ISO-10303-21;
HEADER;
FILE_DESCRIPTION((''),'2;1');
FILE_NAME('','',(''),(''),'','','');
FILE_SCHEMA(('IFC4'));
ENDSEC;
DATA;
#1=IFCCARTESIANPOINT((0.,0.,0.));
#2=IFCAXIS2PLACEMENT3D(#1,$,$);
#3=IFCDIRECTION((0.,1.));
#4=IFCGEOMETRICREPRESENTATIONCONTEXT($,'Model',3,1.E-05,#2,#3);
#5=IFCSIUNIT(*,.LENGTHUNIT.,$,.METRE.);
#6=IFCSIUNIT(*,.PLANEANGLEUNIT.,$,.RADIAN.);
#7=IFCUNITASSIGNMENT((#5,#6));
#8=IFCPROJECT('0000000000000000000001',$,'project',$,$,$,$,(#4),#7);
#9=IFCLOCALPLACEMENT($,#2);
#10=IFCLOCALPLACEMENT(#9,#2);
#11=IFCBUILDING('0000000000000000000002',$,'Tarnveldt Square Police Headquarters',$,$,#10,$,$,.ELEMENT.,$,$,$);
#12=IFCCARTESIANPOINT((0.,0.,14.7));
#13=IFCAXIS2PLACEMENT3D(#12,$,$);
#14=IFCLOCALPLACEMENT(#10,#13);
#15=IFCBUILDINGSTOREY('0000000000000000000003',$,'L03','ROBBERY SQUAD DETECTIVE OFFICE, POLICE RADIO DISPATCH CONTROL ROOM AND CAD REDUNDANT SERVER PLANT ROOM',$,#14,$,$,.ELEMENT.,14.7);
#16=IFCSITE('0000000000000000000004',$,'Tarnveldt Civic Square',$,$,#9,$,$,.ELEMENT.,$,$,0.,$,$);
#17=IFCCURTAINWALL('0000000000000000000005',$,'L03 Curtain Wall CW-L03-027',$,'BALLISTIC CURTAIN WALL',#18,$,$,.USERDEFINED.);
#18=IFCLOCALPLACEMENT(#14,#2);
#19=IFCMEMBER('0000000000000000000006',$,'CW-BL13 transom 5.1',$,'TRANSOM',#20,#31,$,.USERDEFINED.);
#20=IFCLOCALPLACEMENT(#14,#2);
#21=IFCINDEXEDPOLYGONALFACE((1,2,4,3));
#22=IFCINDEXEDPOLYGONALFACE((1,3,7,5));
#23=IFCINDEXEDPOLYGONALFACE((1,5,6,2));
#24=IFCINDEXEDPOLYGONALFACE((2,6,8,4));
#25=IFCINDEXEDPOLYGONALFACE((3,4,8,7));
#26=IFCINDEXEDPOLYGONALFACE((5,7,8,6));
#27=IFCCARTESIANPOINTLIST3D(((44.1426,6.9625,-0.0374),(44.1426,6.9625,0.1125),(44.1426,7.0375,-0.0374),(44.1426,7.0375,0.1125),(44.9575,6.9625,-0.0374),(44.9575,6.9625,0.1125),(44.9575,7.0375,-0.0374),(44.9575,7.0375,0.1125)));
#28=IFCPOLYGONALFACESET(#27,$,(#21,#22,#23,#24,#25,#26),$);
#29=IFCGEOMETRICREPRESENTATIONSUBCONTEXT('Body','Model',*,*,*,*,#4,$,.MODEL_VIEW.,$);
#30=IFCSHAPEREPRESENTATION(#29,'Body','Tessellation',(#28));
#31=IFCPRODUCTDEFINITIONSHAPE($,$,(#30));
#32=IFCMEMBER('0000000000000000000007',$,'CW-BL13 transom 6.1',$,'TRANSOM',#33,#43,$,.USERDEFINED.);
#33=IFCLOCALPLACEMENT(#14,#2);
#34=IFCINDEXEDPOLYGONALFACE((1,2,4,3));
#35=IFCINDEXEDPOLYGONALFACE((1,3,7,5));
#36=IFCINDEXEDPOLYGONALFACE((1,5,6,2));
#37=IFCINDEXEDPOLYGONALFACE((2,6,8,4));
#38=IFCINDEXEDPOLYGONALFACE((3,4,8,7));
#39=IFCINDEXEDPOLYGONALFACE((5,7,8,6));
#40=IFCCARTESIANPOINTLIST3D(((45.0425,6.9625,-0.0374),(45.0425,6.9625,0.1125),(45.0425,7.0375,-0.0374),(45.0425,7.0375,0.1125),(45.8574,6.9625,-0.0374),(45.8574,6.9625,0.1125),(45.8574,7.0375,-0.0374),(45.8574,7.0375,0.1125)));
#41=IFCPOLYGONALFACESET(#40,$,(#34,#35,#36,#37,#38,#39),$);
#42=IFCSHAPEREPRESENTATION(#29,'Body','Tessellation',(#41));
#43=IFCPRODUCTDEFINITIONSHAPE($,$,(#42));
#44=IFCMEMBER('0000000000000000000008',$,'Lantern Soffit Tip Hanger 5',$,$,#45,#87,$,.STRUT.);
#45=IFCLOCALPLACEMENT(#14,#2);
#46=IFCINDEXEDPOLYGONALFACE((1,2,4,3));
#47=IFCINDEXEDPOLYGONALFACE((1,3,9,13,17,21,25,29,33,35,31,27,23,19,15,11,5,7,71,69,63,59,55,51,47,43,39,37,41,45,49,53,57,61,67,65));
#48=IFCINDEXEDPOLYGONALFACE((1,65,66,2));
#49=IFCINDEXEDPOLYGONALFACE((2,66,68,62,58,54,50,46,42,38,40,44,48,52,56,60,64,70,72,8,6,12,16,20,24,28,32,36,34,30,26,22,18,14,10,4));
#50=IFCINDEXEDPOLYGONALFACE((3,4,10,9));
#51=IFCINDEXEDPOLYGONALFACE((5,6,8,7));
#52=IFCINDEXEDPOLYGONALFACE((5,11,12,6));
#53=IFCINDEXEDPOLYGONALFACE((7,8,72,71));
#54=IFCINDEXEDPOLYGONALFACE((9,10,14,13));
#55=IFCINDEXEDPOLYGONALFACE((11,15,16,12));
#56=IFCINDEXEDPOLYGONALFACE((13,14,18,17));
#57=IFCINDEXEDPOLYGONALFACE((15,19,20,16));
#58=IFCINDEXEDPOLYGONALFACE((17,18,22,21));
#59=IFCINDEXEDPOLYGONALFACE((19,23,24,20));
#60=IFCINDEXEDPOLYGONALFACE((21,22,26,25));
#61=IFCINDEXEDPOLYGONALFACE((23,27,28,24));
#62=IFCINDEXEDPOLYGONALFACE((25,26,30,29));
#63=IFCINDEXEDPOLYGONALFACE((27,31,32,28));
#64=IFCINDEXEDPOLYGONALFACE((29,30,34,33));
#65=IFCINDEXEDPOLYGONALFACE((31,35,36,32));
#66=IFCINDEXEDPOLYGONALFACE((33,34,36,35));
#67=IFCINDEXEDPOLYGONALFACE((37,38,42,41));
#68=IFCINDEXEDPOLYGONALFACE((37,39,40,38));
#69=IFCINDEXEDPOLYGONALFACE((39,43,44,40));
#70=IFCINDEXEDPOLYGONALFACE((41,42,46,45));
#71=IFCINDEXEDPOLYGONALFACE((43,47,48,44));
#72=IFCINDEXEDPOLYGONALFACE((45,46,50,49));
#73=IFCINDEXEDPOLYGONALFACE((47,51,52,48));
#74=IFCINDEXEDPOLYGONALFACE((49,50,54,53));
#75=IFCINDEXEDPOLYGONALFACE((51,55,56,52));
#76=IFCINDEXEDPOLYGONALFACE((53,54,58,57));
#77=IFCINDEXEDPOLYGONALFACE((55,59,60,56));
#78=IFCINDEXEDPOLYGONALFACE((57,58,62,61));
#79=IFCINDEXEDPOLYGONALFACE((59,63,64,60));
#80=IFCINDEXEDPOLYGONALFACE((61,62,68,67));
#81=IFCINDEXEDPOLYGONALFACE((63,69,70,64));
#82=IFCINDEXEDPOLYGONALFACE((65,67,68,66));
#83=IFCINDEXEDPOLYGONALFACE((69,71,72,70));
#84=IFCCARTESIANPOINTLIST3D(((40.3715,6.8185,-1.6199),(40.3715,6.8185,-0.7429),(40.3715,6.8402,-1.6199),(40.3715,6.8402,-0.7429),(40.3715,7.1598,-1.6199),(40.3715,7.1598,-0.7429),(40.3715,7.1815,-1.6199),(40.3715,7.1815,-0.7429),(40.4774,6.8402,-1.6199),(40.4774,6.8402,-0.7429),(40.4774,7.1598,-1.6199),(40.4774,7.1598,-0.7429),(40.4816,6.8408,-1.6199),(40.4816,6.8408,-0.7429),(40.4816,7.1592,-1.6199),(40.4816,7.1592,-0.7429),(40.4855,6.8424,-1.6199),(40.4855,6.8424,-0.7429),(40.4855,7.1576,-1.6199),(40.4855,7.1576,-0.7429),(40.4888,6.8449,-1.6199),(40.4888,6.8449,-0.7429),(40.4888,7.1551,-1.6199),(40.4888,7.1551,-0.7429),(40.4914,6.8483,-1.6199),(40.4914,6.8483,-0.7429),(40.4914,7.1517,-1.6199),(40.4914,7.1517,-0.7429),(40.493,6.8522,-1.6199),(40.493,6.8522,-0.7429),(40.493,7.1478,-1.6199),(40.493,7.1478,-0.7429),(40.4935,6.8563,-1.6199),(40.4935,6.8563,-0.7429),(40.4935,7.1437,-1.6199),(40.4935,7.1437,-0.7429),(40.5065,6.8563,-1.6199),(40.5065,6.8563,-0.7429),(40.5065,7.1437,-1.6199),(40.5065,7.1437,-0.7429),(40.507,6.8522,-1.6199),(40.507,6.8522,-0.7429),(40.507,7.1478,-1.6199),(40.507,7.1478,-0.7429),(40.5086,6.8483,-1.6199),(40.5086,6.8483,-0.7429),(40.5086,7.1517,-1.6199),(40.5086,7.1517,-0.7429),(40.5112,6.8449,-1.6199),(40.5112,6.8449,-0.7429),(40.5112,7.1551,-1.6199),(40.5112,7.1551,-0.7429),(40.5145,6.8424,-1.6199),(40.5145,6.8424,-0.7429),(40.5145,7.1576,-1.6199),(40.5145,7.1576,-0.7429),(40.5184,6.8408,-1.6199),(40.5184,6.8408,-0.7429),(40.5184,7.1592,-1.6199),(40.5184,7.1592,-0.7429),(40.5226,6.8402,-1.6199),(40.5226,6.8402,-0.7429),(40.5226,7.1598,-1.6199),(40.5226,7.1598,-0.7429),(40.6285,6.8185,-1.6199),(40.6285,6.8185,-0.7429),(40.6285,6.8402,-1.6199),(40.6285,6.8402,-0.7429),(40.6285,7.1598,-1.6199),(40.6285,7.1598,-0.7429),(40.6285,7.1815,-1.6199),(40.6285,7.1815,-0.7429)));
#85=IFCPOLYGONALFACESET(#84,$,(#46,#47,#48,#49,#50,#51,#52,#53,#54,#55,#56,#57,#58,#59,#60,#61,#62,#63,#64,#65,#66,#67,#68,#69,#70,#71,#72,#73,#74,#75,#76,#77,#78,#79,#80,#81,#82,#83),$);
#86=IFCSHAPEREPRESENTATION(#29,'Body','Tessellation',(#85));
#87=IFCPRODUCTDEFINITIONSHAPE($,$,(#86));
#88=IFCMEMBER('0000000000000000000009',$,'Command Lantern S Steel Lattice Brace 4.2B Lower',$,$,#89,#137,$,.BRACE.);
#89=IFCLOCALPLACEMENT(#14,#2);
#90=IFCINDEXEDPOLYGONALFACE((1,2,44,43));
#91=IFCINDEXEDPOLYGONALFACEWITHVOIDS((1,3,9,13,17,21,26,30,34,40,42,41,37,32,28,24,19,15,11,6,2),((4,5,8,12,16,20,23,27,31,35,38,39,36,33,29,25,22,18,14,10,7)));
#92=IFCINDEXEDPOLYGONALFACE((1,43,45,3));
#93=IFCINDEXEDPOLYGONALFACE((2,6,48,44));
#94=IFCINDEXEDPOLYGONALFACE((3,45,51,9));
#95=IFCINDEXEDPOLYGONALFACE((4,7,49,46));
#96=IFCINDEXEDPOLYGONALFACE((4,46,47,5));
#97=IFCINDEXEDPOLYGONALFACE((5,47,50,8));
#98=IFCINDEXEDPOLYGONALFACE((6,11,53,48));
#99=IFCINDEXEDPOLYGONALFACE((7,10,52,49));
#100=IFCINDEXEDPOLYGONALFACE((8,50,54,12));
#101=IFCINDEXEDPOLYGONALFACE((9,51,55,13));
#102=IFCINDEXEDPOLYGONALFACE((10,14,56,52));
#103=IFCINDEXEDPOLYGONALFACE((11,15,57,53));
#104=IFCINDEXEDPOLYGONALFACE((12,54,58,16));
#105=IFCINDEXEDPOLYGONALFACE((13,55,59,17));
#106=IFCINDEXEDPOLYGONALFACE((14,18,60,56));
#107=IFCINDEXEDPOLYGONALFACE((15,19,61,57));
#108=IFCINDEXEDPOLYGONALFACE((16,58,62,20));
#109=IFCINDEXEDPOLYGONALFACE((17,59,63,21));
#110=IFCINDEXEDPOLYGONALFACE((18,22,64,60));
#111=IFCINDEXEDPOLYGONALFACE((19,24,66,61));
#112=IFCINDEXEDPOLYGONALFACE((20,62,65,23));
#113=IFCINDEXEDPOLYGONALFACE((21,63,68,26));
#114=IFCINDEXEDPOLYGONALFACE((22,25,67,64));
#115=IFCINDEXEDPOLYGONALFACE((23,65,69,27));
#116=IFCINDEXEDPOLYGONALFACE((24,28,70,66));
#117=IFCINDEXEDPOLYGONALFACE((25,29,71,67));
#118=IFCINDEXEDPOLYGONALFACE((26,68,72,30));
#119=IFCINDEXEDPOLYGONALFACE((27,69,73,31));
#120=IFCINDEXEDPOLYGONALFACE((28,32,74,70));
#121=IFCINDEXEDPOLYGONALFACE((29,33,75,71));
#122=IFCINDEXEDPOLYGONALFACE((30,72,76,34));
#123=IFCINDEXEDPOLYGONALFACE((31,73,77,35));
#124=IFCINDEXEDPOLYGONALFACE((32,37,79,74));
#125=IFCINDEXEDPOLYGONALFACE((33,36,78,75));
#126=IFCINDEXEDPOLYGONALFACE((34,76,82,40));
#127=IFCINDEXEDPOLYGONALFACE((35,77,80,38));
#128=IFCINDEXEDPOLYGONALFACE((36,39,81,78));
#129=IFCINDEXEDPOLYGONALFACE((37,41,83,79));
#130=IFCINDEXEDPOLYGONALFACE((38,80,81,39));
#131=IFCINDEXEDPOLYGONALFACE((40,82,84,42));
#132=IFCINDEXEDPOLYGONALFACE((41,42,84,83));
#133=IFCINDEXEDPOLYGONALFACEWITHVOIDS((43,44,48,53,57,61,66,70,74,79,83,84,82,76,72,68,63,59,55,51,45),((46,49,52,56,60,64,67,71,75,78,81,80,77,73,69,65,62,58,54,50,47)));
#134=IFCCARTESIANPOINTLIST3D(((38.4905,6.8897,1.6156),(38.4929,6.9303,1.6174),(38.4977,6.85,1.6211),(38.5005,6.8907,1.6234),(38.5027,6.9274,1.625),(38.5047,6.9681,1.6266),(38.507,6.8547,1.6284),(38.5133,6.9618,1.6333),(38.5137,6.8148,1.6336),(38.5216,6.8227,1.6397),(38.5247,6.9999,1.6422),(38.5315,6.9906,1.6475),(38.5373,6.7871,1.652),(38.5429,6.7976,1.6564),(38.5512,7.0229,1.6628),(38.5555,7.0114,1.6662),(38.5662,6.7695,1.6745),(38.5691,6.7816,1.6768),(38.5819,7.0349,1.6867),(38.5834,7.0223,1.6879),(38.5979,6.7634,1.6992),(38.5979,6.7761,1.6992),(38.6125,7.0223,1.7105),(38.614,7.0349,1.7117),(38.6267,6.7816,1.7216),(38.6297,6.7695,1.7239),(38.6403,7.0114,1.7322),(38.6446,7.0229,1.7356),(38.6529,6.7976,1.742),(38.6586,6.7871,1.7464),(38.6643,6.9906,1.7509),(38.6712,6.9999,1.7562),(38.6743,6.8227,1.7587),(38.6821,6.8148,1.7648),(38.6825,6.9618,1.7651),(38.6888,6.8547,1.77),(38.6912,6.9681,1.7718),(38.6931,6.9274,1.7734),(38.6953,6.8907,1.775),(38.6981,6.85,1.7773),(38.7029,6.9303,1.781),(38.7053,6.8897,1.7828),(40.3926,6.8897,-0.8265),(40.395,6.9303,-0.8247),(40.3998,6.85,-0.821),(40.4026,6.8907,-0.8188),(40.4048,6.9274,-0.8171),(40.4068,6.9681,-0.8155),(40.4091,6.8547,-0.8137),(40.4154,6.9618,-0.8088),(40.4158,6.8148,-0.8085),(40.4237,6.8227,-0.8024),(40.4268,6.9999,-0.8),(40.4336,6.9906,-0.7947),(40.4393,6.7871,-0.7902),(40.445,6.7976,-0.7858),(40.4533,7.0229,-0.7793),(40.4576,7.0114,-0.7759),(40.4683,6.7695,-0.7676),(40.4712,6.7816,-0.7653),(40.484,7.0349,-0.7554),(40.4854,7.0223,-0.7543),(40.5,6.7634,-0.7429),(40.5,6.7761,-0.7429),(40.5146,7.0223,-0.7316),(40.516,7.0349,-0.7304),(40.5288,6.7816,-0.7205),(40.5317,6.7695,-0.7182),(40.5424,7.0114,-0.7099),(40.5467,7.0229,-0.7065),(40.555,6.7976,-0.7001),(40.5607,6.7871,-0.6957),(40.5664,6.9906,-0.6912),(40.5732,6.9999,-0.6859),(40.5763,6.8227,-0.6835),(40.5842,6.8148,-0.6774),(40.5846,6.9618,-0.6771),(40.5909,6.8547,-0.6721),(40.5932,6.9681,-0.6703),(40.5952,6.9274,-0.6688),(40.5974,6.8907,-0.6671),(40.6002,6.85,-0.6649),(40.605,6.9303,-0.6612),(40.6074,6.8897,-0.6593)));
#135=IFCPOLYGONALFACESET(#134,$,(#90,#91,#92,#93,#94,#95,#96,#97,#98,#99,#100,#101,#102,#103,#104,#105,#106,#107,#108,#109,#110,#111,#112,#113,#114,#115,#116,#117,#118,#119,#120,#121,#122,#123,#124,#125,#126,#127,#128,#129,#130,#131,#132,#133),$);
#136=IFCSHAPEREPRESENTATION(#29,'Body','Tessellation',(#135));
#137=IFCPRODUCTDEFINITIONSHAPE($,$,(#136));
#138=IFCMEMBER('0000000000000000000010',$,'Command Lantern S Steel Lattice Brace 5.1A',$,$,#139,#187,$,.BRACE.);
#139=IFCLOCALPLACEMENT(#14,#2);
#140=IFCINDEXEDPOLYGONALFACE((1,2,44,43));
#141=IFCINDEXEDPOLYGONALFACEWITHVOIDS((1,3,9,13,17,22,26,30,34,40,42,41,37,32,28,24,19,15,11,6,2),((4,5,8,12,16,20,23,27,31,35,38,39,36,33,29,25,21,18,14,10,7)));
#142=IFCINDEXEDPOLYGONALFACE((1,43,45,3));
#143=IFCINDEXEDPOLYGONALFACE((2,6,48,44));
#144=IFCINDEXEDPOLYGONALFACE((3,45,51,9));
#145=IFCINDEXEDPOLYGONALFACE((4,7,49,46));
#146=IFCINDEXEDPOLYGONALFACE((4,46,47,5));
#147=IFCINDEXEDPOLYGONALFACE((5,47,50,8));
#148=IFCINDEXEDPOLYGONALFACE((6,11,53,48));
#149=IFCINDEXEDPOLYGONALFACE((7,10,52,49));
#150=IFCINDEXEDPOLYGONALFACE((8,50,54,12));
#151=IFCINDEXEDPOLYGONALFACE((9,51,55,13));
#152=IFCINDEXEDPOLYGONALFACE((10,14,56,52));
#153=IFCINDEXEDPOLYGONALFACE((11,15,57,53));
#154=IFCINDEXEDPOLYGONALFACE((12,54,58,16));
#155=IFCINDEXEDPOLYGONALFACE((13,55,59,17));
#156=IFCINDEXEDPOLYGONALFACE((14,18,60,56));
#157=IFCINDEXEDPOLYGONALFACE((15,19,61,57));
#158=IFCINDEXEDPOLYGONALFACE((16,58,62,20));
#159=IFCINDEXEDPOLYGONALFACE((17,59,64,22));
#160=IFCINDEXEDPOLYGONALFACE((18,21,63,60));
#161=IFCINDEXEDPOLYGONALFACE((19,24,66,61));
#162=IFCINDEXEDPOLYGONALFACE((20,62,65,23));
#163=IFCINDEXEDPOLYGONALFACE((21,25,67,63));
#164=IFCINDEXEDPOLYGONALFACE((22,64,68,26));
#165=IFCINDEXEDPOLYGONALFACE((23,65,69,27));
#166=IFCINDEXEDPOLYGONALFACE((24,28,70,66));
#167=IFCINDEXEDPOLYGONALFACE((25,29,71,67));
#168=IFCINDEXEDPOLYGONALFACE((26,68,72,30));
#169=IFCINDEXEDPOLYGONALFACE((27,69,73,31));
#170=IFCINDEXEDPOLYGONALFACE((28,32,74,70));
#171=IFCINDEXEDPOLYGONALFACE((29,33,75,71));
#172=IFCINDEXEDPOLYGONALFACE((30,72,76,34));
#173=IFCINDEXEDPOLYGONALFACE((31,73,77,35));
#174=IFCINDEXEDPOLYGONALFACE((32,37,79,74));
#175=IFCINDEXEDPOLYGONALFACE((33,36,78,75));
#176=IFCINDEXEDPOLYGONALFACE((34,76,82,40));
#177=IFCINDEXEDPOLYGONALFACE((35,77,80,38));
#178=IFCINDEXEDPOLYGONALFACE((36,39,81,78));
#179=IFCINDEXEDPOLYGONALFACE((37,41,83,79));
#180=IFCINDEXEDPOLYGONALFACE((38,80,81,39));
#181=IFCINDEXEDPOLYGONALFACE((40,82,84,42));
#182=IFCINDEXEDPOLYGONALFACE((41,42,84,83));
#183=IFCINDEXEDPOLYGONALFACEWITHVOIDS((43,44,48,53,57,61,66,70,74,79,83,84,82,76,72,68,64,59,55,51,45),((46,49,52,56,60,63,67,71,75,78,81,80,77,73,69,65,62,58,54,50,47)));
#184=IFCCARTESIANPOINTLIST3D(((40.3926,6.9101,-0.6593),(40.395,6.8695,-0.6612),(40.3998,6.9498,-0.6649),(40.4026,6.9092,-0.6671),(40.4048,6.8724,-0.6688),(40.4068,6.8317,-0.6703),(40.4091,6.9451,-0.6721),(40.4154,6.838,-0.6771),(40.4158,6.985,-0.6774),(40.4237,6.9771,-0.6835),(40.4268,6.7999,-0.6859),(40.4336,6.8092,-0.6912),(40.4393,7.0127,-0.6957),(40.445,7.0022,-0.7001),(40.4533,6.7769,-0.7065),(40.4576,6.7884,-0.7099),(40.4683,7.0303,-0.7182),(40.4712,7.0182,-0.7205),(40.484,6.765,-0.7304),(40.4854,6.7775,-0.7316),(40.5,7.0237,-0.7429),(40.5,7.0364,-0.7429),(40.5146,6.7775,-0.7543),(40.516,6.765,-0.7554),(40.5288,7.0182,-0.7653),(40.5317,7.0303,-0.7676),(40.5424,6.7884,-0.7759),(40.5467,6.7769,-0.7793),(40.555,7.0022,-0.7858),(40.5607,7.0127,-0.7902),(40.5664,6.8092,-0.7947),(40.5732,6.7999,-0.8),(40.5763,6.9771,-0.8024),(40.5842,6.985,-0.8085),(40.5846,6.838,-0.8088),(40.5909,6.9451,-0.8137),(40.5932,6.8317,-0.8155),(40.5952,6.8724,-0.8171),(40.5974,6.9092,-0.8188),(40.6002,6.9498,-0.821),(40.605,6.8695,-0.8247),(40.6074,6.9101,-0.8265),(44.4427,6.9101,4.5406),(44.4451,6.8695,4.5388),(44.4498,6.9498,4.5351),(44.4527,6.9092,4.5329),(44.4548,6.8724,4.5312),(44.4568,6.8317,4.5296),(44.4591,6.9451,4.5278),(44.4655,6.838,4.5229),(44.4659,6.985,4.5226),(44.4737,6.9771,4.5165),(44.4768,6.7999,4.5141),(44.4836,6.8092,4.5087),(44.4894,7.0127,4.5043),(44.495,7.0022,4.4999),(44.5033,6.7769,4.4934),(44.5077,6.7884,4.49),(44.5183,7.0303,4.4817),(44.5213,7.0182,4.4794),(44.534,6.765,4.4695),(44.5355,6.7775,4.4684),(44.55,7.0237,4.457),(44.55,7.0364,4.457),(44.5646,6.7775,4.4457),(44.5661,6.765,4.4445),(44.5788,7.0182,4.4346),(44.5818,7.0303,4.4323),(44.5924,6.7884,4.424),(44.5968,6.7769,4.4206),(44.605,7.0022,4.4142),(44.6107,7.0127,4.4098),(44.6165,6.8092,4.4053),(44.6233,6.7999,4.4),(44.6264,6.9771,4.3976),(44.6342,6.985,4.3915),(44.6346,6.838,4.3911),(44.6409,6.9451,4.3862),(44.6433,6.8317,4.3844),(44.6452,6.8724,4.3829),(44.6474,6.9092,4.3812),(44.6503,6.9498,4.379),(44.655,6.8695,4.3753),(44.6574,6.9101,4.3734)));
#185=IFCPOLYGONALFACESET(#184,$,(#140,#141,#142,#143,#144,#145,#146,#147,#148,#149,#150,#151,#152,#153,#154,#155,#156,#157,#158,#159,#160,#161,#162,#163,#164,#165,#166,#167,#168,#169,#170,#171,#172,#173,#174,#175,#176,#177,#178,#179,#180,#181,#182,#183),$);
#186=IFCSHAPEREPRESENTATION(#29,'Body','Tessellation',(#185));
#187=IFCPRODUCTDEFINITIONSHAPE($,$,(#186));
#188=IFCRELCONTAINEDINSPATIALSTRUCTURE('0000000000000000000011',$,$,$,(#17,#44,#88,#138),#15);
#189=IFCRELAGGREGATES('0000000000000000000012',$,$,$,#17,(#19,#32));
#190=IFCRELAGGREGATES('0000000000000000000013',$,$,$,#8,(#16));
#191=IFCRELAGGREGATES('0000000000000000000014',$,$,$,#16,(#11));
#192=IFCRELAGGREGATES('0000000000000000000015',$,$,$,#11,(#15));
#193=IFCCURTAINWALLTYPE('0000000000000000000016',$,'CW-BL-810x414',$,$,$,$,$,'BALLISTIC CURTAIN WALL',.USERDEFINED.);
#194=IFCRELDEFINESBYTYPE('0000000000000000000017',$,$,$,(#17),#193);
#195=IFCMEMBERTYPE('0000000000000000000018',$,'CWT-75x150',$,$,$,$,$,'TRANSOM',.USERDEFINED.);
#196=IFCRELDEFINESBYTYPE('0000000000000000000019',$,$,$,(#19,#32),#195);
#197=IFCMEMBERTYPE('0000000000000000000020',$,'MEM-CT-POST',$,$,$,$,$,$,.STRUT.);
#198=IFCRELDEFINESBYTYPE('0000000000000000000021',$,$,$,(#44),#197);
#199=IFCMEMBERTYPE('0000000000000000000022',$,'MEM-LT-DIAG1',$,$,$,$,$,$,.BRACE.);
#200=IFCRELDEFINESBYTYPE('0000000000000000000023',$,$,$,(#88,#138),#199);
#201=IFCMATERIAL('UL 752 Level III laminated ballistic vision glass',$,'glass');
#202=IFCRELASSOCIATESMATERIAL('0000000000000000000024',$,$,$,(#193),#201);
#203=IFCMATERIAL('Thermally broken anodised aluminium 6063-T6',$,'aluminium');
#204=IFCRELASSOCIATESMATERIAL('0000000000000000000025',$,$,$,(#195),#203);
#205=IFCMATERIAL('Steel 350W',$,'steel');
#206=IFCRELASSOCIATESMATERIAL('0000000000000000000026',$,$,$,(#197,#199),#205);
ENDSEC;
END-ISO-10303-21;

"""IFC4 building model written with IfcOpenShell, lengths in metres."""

from ifc_helpers import new_model, si_unit, direction, frame, origin, origin_2d, place, context, subcontext, project, spatial, rectangle, hollow_circle, i_section, extrude, material, material_profile, profile_set, type_object, element, aggregate, save


model = new_model("IFC4")

# Units and contexts
model_context = context("Model", 3, precision=1e-05, world=origin(), true_north=direction((0.0, 1.0)))
body_context = subcontext(model_context, "Body", "Model", "MODEL_VIEW")
ifc_project = project(units=[si_unit("LENGTHUNIT", "METRE"), si_unit("PLANEANGLEUNIT", "RADIAN")], contexts=[model_context])

# Site, building, storey
site_placement = place(None, origin())
site = spatial("IfcSite", under=ifc_project, at=site_placement, Name="Tarnveldt Civic Square", CompositionType="ELEMENT", RefElevation=0.0)
building_placement = place(site_placement, origin())
building = spatial("IfcBuilding", under=site, at=building_placement, Name="Tarnveldt Square Police Headquarters", CompositionType="ELEMENT")
storey_placement = place(building_placement, frame((0.0, 0.0, 14.7)))
storey = spatial("IfcBuildingStorey", under=building, at=storey_placement, Name="L03", Description="ROBBERY SQUAD DETECTIVE OFFICE, POLICE RADIO DISPATCH CONTROL ROOM AND CAD REDUNDANT SERVER PLANT ROOM", CompositionType="ELEMENT", Elevation=14.7)

# Shared definitions
ifc_material_1 = material(Name="UL 752 Level III laminated ballistic vision glass", Category="glass")
curtain_wall_type = type_object("IfcCurtainWallType", Name="CW-BL-810x414", ElementType="BALLISTIC CURTAIN WALL", PredefinedType="USERDEFINED", material=ifc_material_1)
ifc_material_2 = material(Name="Thermally broken anodised aluminium 6063-T6", Category="aluminium")

# Curtain wall
curtain_wall_1_placement = place(storey_placement, origin())
curtain_wall_1 = element("IfcCurtainWall", 1, at=curtain_wall_1_placement, inside=storey, type_object=curtain_wall_type, Name="L03 Curtain Wall CW-L03-027", ObjectType="BALLISTIC CURTAIN WALL", PredefinedType="USERDEFINED")

# Members
ifc_material_profile_1 = material_profile(ifc_material_2, rectangle(XDim=0.075, YDim=0.1499, at=origin_2d()), Name="CW-T75x150")
ifc_profile_set_1 = profile_set([ifc_material_profile_1], Name="Thermally broken anodised aluminium 6063-T6")
member_type_1 = type_object("IfcMemberType", Name="CWT-75x150", ElementType="TRANSOM", PredefinedType="USERDEFINED", material=ifc_profile_set_1)
member_1_placement = place(storey_placement, frame((44.1426, 7.0, 0.0376), z_axis=(1.0, 0.0, 0.0), x_axis=(0.0, 1.0, 0.0)))
member_1 = element("IfcMember", 2, at=member_1_placement, type_object=member_type_1, Name="CW-BL13 transom 5.1", ObjectType="TRANSOM", PredefinedType="USERDEFINED", context=body_context, shape_type="SweptSolid", body=[
    extrude(rectangle(XDim=0.075, YDim=0.1499, at=origin_2d()), origin(), (0.0, 0.0, 1.0), 0.8149),
])
member_2_placement = place(storey_placement, frame((45.0425, 7.0, 0.0376), z_axis=(1.0, 0.0, 0.0), x_axis=(0.0, 1.0, 0.0)))
member_2 = element("IfcMember", 3, at=member_2_placement, type_object=member_type_1, Name="CW-BL13 transom 6.1", ObjectType="TRANSOM", PredefinedType="USERDEFINED", context=body_context, shape_type="SweptSolid", body=[
    extrude(rectangle(XDim=0.075, YDim=0.1499, at=origin_2d()), origin(), (0.0, 0.0, 1.0), 0.8149),
])

# Members
ifc_material_3 = material(Name="Steel 350W", Category="steel")
ifc_material_profile_2 = material_profile(ifc_material_3, i_section(OverallWidth=0.2571, OverallDepth=0.363, WebThickness=0.0129, FlangeThickness=0.0217, FilletRadius=0.0161, at=origin_2d()), Name="W360x122")
ifc_profile_set_2 = profile_set([ifc_material_profile_2], Name="Steel 350W")
member_type_2 = type_object("IfcMemberType", Name="MEM-CT-POST", PredefinedType="STRUT", material=ifc_profile_set_2)
member_3_placement = place(storey_placement, frame((40.5, 7.0, -1.6199), z_axis=(0.0, 0.0, 1.0), x_axis=(1.0, 0.0, 0.0)))
element("IfcMember", 4, at=member_3_placement, inside=storey, type_object=member_type_2, Name="Lantern Soffit Tip Hanger 5", PredefinedType="STRUT", context=body_context, shape_type="SweptSolid", body=[
    extrude(i_section(OverallWidth=0.2571, OverallDepth=0.363, WebThickness=0.0129, FlangeThickness=0.0217, FilletRadius=0.0161, at=origin_2d()), origin(), (0.0, 0.0, 1.0), 0.877),
])
ifc_material_profile_3 = material_profile(ifc_material_3, hollow_circle(Radius=0.1365, WallThickness=0.0127, at=origin_2d()), Name="HSS273x13")
ifc_profile_set_3 = profile_set([ifc_material_profile_3], Name="Steel 350W")
member_type_3 = type_object("IfcMemberType", Name="MEM-LT-DIAG1", PredefinedType="BRACE", material=ifc_profile_set_3)
member_4_placement = place(storey_placement, frame((40.5, 6.8999, -0.7429), z_axis=(-0.614476, 0.0, 0.788936), x_axis=(0.0, -1.0, 0.0)))
element("IfcMember", 5, at=member_4_placement, inside=storey, type_object=member_type_3, Name="Command Lantern S Steel Lattice Brace 4.2B Lower", PredefinedType="BRACE", context=body_context, shape_type="SweptSolid", body=[
    extrude(hollow_circle(Radius=0.1365, WallThickness=0.0127, at=origin_2d()), origin(), (0.0, 0.0, 1.0), 3.0955),
])
member_5_placement = place(storey_placement, frame((40.5, 6.8999, -0.7429), z_axis=(0.614474, 0.0, 0.788937), x_axis=(0.0, 1.0, 0.0)))
element("IfcMember", 6, at=member_5_placement, inside=storey, type_object=member_type_3, Name="Command Lantern S Steel Lattice Brace 5.1A", PredefinedType="BRACE", context=body_context, shape_type="SweptSolid", body=[
    extrude(hollow_circle(Radius=0.1365, WallThickness=0.0127, at=origin_2d()), origin(), (0.0, 0.0, 1.0), 6.5911),
])

aggregate(curtain_wall_1, [member_1, member_2])

save(model, "model.ifc")
